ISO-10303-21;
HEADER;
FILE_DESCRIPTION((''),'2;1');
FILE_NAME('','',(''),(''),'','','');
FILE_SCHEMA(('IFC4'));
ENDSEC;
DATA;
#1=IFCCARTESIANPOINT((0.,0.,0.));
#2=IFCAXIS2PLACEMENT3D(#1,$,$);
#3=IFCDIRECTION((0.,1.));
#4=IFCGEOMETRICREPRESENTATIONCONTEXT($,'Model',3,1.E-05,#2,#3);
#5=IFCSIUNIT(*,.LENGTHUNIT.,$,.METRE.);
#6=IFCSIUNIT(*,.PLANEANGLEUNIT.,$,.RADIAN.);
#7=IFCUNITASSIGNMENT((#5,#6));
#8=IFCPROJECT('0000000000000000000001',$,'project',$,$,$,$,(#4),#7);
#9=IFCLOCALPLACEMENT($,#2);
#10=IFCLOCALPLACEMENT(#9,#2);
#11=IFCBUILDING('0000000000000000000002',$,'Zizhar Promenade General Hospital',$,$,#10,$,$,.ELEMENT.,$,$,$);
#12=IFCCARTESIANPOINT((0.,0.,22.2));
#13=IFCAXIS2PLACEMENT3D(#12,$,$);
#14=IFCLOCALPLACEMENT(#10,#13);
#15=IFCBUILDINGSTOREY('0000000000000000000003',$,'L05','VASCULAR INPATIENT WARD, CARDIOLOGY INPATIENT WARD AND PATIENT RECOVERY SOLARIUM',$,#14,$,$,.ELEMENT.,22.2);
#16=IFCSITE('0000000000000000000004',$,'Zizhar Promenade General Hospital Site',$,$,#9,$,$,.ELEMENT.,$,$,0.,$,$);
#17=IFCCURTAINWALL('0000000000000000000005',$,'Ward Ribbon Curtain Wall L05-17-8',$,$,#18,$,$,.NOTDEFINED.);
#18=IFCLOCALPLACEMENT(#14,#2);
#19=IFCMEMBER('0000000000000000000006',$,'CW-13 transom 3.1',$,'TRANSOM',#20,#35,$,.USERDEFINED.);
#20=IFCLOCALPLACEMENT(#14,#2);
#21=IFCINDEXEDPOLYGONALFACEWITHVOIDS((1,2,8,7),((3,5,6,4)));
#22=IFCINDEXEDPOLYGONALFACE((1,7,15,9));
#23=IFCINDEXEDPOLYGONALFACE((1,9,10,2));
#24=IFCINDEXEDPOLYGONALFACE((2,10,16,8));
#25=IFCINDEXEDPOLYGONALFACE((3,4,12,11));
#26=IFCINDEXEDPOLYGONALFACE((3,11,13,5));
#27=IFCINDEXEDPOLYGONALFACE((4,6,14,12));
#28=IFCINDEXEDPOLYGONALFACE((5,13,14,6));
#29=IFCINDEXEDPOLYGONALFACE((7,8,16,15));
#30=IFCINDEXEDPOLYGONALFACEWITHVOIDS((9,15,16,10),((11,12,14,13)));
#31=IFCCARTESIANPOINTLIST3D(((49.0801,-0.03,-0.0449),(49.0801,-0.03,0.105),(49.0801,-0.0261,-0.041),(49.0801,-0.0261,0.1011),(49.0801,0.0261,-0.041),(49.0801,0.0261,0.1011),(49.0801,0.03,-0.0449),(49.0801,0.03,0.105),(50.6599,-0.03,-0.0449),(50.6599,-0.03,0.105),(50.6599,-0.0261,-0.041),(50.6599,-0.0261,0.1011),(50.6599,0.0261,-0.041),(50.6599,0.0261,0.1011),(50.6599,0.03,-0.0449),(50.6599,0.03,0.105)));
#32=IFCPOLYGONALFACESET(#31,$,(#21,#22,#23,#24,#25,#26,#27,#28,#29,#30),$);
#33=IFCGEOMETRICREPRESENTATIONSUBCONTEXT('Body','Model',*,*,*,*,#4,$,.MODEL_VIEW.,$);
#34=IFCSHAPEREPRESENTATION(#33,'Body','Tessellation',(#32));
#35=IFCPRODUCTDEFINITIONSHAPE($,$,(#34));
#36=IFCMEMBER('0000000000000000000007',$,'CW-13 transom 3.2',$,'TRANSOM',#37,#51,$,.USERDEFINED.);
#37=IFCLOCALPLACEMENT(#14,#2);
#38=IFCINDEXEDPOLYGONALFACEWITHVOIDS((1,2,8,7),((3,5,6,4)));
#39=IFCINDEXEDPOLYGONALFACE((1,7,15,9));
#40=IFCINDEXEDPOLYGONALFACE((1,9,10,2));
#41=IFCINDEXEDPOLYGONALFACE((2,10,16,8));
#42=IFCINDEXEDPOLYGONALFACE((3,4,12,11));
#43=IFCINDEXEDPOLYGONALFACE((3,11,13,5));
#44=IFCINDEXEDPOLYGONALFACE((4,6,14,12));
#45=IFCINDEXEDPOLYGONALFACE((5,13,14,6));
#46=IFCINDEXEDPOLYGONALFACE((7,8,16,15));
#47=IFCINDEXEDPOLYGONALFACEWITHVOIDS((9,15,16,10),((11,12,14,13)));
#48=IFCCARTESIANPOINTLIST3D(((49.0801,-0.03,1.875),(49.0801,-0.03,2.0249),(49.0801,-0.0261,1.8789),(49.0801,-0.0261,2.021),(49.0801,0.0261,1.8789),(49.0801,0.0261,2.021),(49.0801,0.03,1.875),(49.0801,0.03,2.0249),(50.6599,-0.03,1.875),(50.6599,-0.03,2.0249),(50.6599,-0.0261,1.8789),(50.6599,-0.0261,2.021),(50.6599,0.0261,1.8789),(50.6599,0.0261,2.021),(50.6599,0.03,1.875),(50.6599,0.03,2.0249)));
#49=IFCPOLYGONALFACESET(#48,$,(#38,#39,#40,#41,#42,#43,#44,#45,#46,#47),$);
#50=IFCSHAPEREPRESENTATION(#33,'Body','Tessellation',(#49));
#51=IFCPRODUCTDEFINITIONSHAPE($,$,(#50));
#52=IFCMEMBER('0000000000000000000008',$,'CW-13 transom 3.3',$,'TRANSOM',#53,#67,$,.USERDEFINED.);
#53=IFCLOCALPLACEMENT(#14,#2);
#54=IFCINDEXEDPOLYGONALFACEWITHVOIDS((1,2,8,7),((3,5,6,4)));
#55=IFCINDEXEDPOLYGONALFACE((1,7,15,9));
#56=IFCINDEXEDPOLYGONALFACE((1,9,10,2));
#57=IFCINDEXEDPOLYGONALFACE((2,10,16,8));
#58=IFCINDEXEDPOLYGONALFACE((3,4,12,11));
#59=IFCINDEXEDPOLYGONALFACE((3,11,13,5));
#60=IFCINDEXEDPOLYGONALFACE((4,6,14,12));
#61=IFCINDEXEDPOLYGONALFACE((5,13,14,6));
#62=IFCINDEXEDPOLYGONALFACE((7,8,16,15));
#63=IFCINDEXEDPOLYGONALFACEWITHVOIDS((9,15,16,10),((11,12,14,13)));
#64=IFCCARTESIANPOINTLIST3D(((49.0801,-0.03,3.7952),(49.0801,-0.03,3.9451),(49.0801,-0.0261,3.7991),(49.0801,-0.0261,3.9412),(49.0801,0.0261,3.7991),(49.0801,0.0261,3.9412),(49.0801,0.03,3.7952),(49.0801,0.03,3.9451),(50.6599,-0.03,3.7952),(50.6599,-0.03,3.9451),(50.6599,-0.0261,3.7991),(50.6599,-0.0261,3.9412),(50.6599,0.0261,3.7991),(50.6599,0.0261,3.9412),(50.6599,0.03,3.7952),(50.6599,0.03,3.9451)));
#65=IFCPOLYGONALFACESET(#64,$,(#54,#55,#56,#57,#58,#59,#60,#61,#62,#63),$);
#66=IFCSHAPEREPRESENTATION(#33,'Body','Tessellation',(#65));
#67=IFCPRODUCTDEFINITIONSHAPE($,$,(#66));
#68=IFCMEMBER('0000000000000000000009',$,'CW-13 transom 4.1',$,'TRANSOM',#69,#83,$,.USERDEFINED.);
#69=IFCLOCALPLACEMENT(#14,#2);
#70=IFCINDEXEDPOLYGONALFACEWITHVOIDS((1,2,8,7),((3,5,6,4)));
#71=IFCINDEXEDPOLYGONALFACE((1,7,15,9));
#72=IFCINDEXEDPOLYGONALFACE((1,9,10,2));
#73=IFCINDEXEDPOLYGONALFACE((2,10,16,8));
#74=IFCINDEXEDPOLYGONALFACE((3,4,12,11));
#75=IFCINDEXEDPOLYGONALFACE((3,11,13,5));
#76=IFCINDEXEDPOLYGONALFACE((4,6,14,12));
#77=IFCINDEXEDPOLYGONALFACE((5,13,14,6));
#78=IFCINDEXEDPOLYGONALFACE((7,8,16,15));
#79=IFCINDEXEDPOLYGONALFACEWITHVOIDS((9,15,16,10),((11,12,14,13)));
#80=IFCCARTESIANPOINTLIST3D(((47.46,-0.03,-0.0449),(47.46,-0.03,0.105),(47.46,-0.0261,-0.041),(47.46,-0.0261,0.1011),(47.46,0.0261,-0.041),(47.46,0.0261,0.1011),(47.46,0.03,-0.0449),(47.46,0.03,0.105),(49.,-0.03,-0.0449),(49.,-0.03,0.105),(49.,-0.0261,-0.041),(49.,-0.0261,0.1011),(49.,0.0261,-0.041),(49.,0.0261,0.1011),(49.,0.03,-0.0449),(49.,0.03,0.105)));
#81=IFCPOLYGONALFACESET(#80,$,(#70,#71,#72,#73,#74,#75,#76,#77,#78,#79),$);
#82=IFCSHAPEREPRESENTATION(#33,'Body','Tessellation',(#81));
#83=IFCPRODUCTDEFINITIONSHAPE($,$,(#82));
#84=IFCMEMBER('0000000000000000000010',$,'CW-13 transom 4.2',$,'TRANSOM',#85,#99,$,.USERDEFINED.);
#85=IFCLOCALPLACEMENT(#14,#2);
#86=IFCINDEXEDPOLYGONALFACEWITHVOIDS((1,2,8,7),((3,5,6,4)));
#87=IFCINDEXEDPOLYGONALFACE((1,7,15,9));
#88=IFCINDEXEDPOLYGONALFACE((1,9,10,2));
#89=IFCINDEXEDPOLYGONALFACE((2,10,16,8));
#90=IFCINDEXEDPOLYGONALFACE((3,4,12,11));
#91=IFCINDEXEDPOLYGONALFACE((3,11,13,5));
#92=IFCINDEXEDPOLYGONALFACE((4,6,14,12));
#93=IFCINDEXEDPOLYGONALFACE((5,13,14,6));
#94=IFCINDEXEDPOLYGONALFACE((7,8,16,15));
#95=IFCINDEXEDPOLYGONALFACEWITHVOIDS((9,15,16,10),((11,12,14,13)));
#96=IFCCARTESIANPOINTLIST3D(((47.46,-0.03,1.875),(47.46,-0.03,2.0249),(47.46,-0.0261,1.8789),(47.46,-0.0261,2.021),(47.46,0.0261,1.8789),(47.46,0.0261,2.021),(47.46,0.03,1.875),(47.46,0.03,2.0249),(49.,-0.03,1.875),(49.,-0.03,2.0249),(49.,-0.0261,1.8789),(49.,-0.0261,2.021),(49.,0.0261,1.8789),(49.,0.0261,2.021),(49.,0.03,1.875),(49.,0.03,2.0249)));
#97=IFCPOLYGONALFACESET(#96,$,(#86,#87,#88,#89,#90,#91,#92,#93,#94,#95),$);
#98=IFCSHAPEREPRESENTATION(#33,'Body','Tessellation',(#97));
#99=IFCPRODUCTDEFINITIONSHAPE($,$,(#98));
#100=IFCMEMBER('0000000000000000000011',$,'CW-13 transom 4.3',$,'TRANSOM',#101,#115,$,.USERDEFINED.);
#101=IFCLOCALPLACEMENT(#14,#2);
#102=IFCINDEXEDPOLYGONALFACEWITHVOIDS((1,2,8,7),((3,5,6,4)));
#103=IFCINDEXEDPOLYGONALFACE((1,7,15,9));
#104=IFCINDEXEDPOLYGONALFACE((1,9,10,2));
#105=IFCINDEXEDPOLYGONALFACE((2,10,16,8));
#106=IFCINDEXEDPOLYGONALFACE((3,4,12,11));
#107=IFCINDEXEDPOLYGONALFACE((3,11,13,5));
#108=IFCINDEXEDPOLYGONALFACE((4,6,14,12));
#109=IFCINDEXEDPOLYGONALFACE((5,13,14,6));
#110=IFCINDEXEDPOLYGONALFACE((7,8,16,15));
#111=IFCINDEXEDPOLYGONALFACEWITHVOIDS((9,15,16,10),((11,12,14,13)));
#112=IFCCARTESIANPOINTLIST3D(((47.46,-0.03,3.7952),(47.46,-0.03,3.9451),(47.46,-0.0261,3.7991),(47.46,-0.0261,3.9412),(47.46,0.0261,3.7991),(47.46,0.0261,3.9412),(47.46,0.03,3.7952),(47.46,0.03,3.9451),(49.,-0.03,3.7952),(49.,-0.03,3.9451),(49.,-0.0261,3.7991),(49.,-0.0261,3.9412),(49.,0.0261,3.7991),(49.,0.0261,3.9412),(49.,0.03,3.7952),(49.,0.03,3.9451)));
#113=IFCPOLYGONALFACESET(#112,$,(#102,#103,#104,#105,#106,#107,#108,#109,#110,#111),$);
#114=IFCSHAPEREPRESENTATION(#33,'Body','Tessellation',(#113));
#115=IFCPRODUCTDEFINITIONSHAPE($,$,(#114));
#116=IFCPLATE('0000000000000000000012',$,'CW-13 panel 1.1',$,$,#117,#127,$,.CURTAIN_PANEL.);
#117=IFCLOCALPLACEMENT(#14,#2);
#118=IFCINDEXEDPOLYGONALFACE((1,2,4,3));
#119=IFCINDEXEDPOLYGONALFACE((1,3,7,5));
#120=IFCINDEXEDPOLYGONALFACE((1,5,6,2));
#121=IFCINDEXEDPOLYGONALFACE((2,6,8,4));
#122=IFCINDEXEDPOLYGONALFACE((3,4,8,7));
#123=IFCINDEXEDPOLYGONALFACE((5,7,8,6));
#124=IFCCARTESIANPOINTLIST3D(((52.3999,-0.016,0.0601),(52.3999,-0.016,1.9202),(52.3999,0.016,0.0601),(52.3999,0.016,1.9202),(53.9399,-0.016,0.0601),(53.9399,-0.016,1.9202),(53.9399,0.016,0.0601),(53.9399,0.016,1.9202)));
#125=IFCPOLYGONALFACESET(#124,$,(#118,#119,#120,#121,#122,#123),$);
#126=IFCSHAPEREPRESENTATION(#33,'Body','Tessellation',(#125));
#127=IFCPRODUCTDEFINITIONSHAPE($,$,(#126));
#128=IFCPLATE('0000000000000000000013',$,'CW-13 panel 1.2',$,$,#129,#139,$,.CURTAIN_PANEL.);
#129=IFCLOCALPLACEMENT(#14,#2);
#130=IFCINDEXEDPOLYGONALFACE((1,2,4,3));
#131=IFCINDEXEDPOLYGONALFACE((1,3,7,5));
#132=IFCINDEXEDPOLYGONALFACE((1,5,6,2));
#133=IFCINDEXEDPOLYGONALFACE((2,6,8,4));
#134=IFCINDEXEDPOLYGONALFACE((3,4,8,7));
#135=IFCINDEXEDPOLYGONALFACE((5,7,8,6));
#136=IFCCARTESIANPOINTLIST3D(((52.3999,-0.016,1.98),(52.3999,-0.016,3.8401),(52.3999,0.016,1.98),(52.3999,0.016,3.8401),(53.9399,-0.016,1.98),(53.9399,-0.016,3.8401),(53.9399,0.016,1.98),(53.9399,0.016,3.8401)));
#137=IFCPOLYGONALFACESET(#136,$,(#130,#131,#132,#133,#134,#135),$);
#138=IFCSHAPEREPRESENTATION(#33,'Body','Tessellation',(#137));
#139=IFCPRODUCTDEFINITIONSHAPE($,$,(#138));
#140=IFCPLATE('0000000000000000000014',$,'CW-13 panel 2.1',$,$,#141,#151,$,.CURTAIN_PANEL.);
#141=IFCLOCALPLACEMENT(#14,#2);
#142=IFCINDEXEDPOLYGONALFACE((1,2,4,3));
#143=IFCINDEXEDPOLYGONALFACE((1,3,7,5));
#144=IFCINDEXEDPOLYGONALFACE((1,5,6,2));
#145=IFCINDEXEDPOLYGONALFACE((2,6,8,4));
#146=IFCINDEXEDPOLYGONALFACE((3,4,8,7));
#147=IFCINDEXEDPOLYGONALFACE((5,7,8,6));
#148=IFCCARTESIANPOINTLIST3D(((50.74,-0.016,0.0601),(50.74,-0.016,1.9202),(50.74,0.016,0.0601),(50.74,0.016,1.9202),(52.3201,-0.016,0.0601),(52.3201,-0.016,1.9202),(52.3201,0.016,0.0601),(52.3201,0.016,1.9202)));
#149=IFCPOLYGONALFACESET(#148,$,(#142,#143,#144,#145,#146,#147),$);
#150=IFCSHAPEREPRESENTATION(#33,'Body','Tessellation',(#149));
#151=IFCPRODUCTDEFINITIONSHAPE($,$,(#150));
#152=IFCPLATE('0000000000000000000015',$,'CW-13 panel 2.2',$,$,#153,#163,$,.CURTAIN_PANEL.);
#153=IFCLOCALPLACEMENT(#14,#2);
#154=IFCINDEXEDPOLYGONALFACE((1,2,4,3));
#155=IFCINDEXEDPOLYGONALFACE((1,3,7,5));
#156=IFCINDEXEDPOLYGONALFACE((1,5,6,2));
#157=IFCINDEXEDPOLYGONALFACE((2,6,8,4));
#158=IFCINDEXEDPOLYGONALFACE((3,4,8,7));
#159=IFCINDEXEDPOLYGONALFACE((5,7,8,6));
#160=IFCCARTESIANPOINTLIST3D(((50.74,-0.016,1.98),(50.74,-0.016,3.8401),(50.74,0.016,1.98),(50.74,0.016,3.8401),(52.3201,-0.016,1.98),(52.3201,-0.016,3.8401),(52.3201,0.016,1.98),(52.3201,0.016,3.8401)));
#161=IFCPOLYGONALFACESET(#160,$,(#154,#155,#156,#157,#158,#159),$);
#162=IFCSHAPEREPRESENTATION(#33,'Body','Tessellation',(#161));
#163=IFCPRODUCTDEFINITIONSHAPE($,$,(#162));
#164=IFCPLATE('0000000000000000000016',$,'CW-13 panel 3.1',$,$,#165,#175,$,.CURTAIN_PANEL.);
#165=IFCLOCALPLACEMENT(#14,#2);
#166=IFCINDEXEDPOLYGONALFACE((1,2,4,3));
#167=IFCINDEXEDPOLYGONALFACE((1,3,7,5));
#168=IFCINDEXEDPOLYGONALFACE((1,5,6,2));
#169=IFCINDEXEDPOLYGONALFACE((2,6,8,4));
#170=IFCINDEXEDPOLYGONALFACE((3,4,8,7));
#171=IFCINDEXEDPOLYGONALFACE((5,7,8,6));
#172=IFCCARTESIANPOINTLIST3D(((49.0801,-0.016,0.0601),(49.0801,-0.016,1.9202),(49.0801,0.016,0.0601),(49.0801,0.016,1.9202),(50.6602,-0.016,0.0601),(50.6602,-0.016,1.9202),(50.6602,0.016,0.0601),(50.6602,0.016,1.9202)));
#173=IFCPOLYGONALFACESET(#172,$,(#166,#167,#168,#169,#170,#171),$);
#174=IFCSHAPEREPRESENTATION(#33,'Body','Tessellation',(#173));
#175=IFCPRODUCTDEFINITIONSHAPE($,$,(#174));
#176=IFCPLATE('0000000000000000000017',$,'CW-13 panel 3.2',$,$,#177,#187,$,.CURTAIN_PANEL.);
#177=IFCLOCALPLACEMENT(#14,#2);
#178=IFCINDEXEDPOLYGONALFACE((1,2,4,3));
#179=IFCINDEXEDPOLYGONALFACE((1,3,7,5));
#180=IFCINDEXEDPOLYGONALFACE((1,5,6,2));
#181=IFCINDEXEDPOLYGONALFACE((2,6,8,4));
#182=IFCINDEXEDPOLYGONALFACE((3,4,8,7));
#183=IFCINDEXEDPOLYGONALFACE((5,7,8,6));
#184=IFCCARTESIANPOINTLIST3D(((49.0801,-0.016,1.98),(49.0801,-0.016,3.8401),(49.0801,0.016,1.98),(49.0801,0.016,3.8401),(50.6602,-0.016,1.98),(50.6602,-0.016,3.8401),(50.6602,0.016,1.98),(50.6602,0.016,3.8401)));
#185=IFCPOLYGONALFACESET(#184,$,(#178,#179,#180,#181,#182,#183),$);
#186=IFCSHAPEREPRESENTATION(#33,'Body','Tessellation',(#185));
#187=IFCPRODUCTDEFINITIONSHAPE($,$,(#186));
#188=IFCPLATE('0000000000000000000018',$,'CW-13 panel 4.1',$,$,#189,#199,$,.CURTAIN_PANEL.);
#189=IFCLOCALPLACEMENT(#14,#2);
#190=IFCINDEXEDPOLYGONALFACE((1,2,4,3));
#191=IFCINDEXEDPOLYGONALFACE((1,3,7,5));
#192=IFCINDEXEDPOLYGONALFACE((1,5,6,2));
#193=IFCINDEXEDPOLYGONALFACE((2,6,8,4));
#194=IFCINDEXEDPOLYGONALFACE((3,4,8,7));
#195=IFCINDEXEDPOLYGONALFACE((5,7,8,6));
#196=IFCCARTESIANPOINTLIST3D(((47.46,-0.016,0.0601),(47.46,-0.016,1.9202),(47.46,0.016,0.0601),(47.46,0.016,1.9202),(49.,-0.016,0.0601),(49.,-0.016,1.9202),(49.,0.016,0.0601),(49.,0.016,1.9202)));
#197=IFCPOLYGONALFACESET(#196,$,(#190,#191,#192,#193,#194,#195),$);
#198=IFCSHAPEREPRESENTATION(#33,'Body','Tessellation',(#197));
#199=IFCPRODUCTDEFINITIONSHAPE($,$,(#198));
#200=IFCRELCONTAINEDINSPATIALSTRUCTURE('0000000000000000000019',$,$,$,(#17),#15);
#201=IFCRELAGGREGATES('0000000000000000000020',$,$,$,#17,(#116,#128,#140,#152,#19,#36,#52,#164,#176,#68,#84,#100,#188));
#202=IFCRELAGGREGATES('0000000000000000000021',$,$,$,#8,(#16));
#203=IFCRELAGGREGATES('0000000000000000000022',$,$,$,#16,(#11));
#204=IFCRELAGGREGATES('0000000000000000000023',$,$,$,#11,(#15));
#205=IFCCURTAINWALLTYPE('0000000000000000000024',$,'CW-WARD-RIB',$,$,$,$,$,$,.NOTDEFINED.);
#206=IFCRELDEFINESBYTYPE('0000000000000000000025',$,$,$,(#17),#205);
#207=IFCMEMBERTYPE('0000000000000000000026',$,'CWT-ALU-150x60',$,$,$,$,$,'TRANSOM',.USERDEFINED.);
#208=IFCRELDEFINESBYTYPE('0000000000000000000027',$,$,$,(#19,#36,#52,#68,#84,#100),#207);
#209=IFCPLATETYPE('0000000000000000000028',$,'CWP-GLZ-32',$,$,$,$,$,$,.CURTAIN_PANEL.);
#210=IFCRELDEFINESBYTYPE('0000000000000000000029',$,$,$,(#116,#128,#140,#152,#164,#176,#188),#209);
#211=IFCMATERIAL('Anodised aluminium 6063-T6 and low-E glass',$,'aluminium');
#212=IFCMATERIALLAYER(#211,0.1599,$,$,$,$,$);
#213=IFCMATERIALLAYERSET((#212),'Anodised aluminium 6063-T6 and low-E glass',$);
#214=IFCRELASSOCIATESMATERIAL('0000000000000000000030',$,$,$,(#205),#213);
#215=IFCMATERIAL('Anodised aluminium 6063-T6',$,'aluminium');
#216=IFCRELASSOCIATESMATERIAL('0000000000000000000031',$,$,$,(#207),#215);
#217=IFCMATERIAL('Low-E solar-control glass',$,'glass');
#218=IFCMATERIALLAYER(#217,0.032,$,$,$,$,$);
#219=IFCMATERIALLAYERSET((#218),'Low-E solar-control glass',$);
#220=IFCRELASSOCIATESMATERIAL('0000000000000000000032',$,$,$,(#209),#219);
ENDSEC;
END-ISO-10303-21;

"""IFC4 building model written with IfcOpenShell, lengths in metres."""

from ifc_helpers import new_model, si_unit, direction, frame, origin, origin_2d, place, context, subcontext, project, spatial, rectangle, hollow_rectangle, extrude, material, layer, layer_set, material_profile, profile_set, type_object, element, aggregate, save


model = new_model("IFC4")

# Units and contexts
model_context = context("Model", 3, precision=1e-05, world=origin(), true_north=direction((0.0, 1.0)))
body_context = subcontext(model_context, "Body", "Model", "MODEL_VIEW")
ifc_project = project(units=[si_unit("LENGTHUNIT", "METRE"), si_unit("PLANEANGLEUNIT", "RADIAN")], contexts=[model_context])

# Site, building, storey
site_placement = place(None, origin())
site = spatial("IfcSite", under=ifc_project, at=site_placement, Name="Zizhar Promenade General Hospital Site", CompositionType="ELEMENT", RefElevation=0.0)
building_placement = place(site_placement, origin())
building = spatial("IfcBuilding", under=site, at=building_placement, Name="Zizhar Promenade General Hospital", CompositionType="ELEMENT")
storey_placement = place(building_placement, frame((0.0, 0.0, 22.2)))
storey = spatial("IfcBuildingStorey", under=building, at=storey_placement, Name="L05", Description="VASCULAR INPATIENT WARD, CARDIOLOGY INPATIENT WARD AND PATIENT RECOVERY SOLARIUM", CompositionType="ELEMENT", Elevation=22.2)

# Curtain wall, members, plates
ifc_material_1 = material(Name="Anodised aluminium 6063-T6 and low-E glass", Category="aluminium")
ifc_layer_1 = layer(ifc_material_1, 0.1599)
ifc_layer_set_1 = layer_set([ifc_layer_1], Name="Anodised aluminium 6063-T6 and low-E glass")
curtain_wall_type = type_object("IfcCurtainWallType", Name="CW-WARD-RIB", PredefinedType="NOTDEFINED", material=ifc_layer_set_1)
curtain_wall_placement = place(storey_placement, origin())
curtain_wall = element("IfcCurtainWall", 1, at=curtain_wall_placement, inside=storey, type_object=curtain_wall_type, Name="Ward Ribbon Curtain Wall L05-17-8", PredefinedType="NOTDEFINED")
ifc_material_2 = material(Name="Anodised aluminium 6063-T6", Category="aluminium")
ifc_material_profile_1 = material_profile(ifc_material_2, hollow_rectangle(XDim=0.0601, YDim=0.1499, WallThickness=0.0039, at=origin_2d()))
ifc_profile_set_1 = profile_set([ifc_material_profile_1], Name="Anodised aluminium 6063-T6")
member_type_1 = type_object("IfcMemberType", Name="CWT-ALU-150x60", ElementType="TRANSOM", PredefinedType="USERDEFINED", material=ifc_profile_set_1)
member_1_placement = place(storey_placement, frame((50.6599, 0.0, 0.03), z_axis=(-1.0, 0.0, 0.0), x_axis=(0.0, -1.0, 0.0)))
member_1 = element("IfcMember", 2, at=member_1_placement, type_object=member_type_1, Name="CW-13 transom 3.1", ObjectType="TRANSOM", PredefinedType="USERDEFINED", context=body_context, shape_type="SweptSolid", body=[
    extrude(hollow_rectangle(XDim=0.0601, YDim=0.1499, WallThickness=0.0039, at=origin_2d()), origin(), (0.0, 0.0, 1.0), 1.5798),
])
member_2_placement = place(storey_placement, frame((50.6599, 0.0, 1.95), z_axis=(-1.0, 0.0, 0.0), x_axis=(0.0, -1.0, 0.0)))
member_2 = element("IfcMember", 3, at=member_2_placement, type_object=member_type_1, Name="CW-13 transom 3.2", ObjectType="TRANSOM", PredefinedType="USERDEFINED", context=body_context, shape_type="SweptSolid", body=[
    extrude(hollow_rectangle(XDim=0.0601, YDim=0.1499, WallThickness=0.0039, at=origin_2d()), origin(), (0.0, 0.0, 1.0), 1.5798),
])
member_3_placement = place(storey_placement, frame((50.6599, 0.0, 3.8701), z_axis=(-1.0, 0.0, 0.0), x_axis=(0.0, -1.0, 0.0)))
member_3 = element("IfcMember", 4, at=member_3_placement, type_object=member_type_1, Name="CW-13 transom 3.3", ObjectType="TRANSOM", PredefinedType="USERDEFINED", context=body_context, shape_type="SweptSolid", body=[
    extrude(hollow_rectangle(XDim=0.0601, YDim=0.1499, WallThickness=0.0039, at=origin_2d()), origin(), (0.0, 0.0, 1.0), 1.5798),
])
member_4_placement = place(storey_placement, frame((49.0, 0.0, 0.03), z_axis=(-1.0, 0.0, 0.0), x_axis=(0.0, -1.0, 0.0)))
member_4 = element("IfcMember", 5, at=member_4_placement, type_object=member_type_1, Name="CW-13 transom 4.1", ObjectType="TRANSOM", PredefinedType="USERDEFINED", context=body_context, shape_type="SweptSolid", body=[
    extrude(hollow_rectangle(XDim=0.0601, YDim=0.1499, WallThickness=0.0039, at=origin_2d()), origin(), (0.0, 0.0, 1.0), 1.54),
])
member_5_placement = place(storey_placement, frame((49.0, 0.0, 1.95), z_axis=(-1.0, 0.0, 0.0), x_axis=(0.0, -1.0, 0.0)))
member_5 = element("IfcMember", 6, at=member_5_placement, type_object=member_type_1, Name="CW-13 transom 4.2", ObjectType="TRANSOM", PredefinedType="USERDEFINED", context=body_context, shape_type="SweptSolid", body=[
    extrude(hollow_rectangle(XDim=0.0601, YDim=0.1499, WallThickness=0.0039, at=origin_2d()), origin(), (0.0, 0.0, 1.0), 1.54),
])
member_6_placement = place(storey_placement, frame((49.0, 0.0, 3.8701), z_axis=(-1.0, 0.0, 0.0), x_axis=(0.0, -1.0, 0.0)))
member_6 = element("IfcMember", 7, at=member_6_placement, type_object=member_type_1, Name="CW-13 transom 4.3", ObjectType="TRANSOM", PredefinedType="USERDEFINED", context=body_context, shape_type="SweptSolid", body=[
    extrude(hollow_rectangle(XDim=0.0601, YDim=0.1499, WallThickness=0.0039, at=origin_2d()), origin(), (0.0, 0.0, 1.0), 1.54),
])
ifc_material_3 = material(Name="Low-E solar-control glass", Category="glass")
ifc_layer_2 = layer(ifc_material_3, 0.032)
ifc_layer_set_2 = layer_set([ifc_layer_2], Name="Low-E solar-control glass")
plate_type = type_object("IfcPlateType", Name="CWP-GLZ-32", PredefinedType="CURTAIN_PANEL", material=ifc_layer_set_2)
plate_1_placement = place(storey_placement, frame((53.1699, 0.0, 0.0601), z_axis=(0.0, 0.0, 1.0), x_axis=(-1.0, 0.0, 0.0)))
plate_1 = element("IfcPlate", 8, at=plate_1_placement, type_object=plate_type, Name="CW-13 panel 1.1", PredefinedType="CURTAIN_PANEL", context=body_context, shape_type="SweptSolid", body=[
    extrude(rectangle(XDim=1.54, YDim=0.032, at=origin_2d()), origin(), (0.0, 0.0, 1.0), 1.8601),
])
plate_2_placement = place(storey_placement, frame((53.1699, 0.0, 1.98), z_axis=(0.0, 0.0, 1.0), x_axis=(-1.0, 0.0, 0.0)))
plate_2 = element("IfcPlate", 9, at=plate_2_placement, type_object=plate_type, Name="CW-13 panel 1.2", PredefinedType="CURTAIN_PANEL", context=body_context, shape_type="SweptSolid", body=[
    extrude(rectangle(XDim=1.54, YDim=0.032, at=origin_2d()), origin(), (0.0, 0.0, 1.0), 1.8601),
])
plate_3_placement = place(storey_placement, frame((51.53, 0.0, 0.0601), z_axis=(0.0, 0.0, 1.0), x_axis=(-1.0, 0.0, 0.0)))
plate_3 = element("IfcPlate", 10, at=plate_3_placement, type_object=plate_type, Name="CW-13 panel 2.1", PredefinedType="CURTAIN_PANEL", context=body_context, shape_type="SweptSolid", body=[
    extrude(rectangle(XDim=1.5801, YDim=0.032, at=origin_2d()), origin(), (0.0, 0.0, 1.0), 1.8601),
])
plate_4_placement = place(storey_placement, frame((51.53, 0.0, 1.98), z_axis=(0.0, 0.0, 1.0), x_axis=(-1.0, 0.0, 0.0)))
plate_4 = element("IfcPlate", 11, at=plate_4_placement, type_object=plate_type, Name="CW-13 panel 2.2", PredefinedType="CURTAIN_PANEL", context=body_context, shape_type="SweptSolid", body=[
    extrude(rectangle(XDim=1.5801, YDim=0.032, at=origin_2d()), origin(), (0.0, 0.0, 1.0), 1.8601),
])
plate_5_placement = place(storey_placement, frame((49.8701, 0.0, 0.0601), z_axis=(0.0, 0.0, 1.0), x_axis=(-1.0, 0.0, 0.0)))
plate_5 = element("IfcPlate", 12, at=plate_5_placement, type_object=plate_type, Name="CW-13 panel 3.1", PredefinedType="CURTAIN_PANEL", context=body_context, shape_type="SweptSolid", body=[
    extrude(rectangle(XDim=1.5801, YDim=0.032, at=origin_2d()), origin(), (0.0, 0.0, 1.0), 1.8601),
])
plate_6_placement = place(storey_placement, frame((49.8701, 0.0, 1.98), z_axis=(0.0, 0.0, 1.0), x_axis=(-1.0, 0.0, 0.0)))
plate_6 = element("IfcPlate", 13, at=plate_6_placement, type_object=plate_type, Name="CW-13 panel 3.2", PredefinedType="CURTAIN_PANEL", context=body_context, shape_type="SweptSolid", body=[
    extrude(rectangle(XDim=1.5801, YDim=0.032, at=origin_2d()), origin(), (0.0, 0.0, 1.0), 1.8601),
])
plate_7_placement = place(storey_placement, frame((48.23, 0.0, 0.0601), z_axis=(0.0, 0.0, 1.0), x_axis=(-1.0, 0.0, 0.0)))
plate_7 = element("IfcPlate", 14, at=plate_7_placement, type_object=plate_type, Name="CW-13 panel 4.1", PredefinedType="CURTAIN_PANEL", context=body_context, shape_type="SweptSolid", body=[
    extrude(rectangle(XDim=1.54, YDim=0.032, at=origin_2d()), origin(), (0.0, 0.0, 1.0), 1.8601),
])
aggregate(curtain_wall, [plate_1, plate_2, plate_3, plate_4, member_1, member_2, member_3, plate_5, plate_6, member_4, member_5, member_6, plate_7])

save(model, "model.ifc")
